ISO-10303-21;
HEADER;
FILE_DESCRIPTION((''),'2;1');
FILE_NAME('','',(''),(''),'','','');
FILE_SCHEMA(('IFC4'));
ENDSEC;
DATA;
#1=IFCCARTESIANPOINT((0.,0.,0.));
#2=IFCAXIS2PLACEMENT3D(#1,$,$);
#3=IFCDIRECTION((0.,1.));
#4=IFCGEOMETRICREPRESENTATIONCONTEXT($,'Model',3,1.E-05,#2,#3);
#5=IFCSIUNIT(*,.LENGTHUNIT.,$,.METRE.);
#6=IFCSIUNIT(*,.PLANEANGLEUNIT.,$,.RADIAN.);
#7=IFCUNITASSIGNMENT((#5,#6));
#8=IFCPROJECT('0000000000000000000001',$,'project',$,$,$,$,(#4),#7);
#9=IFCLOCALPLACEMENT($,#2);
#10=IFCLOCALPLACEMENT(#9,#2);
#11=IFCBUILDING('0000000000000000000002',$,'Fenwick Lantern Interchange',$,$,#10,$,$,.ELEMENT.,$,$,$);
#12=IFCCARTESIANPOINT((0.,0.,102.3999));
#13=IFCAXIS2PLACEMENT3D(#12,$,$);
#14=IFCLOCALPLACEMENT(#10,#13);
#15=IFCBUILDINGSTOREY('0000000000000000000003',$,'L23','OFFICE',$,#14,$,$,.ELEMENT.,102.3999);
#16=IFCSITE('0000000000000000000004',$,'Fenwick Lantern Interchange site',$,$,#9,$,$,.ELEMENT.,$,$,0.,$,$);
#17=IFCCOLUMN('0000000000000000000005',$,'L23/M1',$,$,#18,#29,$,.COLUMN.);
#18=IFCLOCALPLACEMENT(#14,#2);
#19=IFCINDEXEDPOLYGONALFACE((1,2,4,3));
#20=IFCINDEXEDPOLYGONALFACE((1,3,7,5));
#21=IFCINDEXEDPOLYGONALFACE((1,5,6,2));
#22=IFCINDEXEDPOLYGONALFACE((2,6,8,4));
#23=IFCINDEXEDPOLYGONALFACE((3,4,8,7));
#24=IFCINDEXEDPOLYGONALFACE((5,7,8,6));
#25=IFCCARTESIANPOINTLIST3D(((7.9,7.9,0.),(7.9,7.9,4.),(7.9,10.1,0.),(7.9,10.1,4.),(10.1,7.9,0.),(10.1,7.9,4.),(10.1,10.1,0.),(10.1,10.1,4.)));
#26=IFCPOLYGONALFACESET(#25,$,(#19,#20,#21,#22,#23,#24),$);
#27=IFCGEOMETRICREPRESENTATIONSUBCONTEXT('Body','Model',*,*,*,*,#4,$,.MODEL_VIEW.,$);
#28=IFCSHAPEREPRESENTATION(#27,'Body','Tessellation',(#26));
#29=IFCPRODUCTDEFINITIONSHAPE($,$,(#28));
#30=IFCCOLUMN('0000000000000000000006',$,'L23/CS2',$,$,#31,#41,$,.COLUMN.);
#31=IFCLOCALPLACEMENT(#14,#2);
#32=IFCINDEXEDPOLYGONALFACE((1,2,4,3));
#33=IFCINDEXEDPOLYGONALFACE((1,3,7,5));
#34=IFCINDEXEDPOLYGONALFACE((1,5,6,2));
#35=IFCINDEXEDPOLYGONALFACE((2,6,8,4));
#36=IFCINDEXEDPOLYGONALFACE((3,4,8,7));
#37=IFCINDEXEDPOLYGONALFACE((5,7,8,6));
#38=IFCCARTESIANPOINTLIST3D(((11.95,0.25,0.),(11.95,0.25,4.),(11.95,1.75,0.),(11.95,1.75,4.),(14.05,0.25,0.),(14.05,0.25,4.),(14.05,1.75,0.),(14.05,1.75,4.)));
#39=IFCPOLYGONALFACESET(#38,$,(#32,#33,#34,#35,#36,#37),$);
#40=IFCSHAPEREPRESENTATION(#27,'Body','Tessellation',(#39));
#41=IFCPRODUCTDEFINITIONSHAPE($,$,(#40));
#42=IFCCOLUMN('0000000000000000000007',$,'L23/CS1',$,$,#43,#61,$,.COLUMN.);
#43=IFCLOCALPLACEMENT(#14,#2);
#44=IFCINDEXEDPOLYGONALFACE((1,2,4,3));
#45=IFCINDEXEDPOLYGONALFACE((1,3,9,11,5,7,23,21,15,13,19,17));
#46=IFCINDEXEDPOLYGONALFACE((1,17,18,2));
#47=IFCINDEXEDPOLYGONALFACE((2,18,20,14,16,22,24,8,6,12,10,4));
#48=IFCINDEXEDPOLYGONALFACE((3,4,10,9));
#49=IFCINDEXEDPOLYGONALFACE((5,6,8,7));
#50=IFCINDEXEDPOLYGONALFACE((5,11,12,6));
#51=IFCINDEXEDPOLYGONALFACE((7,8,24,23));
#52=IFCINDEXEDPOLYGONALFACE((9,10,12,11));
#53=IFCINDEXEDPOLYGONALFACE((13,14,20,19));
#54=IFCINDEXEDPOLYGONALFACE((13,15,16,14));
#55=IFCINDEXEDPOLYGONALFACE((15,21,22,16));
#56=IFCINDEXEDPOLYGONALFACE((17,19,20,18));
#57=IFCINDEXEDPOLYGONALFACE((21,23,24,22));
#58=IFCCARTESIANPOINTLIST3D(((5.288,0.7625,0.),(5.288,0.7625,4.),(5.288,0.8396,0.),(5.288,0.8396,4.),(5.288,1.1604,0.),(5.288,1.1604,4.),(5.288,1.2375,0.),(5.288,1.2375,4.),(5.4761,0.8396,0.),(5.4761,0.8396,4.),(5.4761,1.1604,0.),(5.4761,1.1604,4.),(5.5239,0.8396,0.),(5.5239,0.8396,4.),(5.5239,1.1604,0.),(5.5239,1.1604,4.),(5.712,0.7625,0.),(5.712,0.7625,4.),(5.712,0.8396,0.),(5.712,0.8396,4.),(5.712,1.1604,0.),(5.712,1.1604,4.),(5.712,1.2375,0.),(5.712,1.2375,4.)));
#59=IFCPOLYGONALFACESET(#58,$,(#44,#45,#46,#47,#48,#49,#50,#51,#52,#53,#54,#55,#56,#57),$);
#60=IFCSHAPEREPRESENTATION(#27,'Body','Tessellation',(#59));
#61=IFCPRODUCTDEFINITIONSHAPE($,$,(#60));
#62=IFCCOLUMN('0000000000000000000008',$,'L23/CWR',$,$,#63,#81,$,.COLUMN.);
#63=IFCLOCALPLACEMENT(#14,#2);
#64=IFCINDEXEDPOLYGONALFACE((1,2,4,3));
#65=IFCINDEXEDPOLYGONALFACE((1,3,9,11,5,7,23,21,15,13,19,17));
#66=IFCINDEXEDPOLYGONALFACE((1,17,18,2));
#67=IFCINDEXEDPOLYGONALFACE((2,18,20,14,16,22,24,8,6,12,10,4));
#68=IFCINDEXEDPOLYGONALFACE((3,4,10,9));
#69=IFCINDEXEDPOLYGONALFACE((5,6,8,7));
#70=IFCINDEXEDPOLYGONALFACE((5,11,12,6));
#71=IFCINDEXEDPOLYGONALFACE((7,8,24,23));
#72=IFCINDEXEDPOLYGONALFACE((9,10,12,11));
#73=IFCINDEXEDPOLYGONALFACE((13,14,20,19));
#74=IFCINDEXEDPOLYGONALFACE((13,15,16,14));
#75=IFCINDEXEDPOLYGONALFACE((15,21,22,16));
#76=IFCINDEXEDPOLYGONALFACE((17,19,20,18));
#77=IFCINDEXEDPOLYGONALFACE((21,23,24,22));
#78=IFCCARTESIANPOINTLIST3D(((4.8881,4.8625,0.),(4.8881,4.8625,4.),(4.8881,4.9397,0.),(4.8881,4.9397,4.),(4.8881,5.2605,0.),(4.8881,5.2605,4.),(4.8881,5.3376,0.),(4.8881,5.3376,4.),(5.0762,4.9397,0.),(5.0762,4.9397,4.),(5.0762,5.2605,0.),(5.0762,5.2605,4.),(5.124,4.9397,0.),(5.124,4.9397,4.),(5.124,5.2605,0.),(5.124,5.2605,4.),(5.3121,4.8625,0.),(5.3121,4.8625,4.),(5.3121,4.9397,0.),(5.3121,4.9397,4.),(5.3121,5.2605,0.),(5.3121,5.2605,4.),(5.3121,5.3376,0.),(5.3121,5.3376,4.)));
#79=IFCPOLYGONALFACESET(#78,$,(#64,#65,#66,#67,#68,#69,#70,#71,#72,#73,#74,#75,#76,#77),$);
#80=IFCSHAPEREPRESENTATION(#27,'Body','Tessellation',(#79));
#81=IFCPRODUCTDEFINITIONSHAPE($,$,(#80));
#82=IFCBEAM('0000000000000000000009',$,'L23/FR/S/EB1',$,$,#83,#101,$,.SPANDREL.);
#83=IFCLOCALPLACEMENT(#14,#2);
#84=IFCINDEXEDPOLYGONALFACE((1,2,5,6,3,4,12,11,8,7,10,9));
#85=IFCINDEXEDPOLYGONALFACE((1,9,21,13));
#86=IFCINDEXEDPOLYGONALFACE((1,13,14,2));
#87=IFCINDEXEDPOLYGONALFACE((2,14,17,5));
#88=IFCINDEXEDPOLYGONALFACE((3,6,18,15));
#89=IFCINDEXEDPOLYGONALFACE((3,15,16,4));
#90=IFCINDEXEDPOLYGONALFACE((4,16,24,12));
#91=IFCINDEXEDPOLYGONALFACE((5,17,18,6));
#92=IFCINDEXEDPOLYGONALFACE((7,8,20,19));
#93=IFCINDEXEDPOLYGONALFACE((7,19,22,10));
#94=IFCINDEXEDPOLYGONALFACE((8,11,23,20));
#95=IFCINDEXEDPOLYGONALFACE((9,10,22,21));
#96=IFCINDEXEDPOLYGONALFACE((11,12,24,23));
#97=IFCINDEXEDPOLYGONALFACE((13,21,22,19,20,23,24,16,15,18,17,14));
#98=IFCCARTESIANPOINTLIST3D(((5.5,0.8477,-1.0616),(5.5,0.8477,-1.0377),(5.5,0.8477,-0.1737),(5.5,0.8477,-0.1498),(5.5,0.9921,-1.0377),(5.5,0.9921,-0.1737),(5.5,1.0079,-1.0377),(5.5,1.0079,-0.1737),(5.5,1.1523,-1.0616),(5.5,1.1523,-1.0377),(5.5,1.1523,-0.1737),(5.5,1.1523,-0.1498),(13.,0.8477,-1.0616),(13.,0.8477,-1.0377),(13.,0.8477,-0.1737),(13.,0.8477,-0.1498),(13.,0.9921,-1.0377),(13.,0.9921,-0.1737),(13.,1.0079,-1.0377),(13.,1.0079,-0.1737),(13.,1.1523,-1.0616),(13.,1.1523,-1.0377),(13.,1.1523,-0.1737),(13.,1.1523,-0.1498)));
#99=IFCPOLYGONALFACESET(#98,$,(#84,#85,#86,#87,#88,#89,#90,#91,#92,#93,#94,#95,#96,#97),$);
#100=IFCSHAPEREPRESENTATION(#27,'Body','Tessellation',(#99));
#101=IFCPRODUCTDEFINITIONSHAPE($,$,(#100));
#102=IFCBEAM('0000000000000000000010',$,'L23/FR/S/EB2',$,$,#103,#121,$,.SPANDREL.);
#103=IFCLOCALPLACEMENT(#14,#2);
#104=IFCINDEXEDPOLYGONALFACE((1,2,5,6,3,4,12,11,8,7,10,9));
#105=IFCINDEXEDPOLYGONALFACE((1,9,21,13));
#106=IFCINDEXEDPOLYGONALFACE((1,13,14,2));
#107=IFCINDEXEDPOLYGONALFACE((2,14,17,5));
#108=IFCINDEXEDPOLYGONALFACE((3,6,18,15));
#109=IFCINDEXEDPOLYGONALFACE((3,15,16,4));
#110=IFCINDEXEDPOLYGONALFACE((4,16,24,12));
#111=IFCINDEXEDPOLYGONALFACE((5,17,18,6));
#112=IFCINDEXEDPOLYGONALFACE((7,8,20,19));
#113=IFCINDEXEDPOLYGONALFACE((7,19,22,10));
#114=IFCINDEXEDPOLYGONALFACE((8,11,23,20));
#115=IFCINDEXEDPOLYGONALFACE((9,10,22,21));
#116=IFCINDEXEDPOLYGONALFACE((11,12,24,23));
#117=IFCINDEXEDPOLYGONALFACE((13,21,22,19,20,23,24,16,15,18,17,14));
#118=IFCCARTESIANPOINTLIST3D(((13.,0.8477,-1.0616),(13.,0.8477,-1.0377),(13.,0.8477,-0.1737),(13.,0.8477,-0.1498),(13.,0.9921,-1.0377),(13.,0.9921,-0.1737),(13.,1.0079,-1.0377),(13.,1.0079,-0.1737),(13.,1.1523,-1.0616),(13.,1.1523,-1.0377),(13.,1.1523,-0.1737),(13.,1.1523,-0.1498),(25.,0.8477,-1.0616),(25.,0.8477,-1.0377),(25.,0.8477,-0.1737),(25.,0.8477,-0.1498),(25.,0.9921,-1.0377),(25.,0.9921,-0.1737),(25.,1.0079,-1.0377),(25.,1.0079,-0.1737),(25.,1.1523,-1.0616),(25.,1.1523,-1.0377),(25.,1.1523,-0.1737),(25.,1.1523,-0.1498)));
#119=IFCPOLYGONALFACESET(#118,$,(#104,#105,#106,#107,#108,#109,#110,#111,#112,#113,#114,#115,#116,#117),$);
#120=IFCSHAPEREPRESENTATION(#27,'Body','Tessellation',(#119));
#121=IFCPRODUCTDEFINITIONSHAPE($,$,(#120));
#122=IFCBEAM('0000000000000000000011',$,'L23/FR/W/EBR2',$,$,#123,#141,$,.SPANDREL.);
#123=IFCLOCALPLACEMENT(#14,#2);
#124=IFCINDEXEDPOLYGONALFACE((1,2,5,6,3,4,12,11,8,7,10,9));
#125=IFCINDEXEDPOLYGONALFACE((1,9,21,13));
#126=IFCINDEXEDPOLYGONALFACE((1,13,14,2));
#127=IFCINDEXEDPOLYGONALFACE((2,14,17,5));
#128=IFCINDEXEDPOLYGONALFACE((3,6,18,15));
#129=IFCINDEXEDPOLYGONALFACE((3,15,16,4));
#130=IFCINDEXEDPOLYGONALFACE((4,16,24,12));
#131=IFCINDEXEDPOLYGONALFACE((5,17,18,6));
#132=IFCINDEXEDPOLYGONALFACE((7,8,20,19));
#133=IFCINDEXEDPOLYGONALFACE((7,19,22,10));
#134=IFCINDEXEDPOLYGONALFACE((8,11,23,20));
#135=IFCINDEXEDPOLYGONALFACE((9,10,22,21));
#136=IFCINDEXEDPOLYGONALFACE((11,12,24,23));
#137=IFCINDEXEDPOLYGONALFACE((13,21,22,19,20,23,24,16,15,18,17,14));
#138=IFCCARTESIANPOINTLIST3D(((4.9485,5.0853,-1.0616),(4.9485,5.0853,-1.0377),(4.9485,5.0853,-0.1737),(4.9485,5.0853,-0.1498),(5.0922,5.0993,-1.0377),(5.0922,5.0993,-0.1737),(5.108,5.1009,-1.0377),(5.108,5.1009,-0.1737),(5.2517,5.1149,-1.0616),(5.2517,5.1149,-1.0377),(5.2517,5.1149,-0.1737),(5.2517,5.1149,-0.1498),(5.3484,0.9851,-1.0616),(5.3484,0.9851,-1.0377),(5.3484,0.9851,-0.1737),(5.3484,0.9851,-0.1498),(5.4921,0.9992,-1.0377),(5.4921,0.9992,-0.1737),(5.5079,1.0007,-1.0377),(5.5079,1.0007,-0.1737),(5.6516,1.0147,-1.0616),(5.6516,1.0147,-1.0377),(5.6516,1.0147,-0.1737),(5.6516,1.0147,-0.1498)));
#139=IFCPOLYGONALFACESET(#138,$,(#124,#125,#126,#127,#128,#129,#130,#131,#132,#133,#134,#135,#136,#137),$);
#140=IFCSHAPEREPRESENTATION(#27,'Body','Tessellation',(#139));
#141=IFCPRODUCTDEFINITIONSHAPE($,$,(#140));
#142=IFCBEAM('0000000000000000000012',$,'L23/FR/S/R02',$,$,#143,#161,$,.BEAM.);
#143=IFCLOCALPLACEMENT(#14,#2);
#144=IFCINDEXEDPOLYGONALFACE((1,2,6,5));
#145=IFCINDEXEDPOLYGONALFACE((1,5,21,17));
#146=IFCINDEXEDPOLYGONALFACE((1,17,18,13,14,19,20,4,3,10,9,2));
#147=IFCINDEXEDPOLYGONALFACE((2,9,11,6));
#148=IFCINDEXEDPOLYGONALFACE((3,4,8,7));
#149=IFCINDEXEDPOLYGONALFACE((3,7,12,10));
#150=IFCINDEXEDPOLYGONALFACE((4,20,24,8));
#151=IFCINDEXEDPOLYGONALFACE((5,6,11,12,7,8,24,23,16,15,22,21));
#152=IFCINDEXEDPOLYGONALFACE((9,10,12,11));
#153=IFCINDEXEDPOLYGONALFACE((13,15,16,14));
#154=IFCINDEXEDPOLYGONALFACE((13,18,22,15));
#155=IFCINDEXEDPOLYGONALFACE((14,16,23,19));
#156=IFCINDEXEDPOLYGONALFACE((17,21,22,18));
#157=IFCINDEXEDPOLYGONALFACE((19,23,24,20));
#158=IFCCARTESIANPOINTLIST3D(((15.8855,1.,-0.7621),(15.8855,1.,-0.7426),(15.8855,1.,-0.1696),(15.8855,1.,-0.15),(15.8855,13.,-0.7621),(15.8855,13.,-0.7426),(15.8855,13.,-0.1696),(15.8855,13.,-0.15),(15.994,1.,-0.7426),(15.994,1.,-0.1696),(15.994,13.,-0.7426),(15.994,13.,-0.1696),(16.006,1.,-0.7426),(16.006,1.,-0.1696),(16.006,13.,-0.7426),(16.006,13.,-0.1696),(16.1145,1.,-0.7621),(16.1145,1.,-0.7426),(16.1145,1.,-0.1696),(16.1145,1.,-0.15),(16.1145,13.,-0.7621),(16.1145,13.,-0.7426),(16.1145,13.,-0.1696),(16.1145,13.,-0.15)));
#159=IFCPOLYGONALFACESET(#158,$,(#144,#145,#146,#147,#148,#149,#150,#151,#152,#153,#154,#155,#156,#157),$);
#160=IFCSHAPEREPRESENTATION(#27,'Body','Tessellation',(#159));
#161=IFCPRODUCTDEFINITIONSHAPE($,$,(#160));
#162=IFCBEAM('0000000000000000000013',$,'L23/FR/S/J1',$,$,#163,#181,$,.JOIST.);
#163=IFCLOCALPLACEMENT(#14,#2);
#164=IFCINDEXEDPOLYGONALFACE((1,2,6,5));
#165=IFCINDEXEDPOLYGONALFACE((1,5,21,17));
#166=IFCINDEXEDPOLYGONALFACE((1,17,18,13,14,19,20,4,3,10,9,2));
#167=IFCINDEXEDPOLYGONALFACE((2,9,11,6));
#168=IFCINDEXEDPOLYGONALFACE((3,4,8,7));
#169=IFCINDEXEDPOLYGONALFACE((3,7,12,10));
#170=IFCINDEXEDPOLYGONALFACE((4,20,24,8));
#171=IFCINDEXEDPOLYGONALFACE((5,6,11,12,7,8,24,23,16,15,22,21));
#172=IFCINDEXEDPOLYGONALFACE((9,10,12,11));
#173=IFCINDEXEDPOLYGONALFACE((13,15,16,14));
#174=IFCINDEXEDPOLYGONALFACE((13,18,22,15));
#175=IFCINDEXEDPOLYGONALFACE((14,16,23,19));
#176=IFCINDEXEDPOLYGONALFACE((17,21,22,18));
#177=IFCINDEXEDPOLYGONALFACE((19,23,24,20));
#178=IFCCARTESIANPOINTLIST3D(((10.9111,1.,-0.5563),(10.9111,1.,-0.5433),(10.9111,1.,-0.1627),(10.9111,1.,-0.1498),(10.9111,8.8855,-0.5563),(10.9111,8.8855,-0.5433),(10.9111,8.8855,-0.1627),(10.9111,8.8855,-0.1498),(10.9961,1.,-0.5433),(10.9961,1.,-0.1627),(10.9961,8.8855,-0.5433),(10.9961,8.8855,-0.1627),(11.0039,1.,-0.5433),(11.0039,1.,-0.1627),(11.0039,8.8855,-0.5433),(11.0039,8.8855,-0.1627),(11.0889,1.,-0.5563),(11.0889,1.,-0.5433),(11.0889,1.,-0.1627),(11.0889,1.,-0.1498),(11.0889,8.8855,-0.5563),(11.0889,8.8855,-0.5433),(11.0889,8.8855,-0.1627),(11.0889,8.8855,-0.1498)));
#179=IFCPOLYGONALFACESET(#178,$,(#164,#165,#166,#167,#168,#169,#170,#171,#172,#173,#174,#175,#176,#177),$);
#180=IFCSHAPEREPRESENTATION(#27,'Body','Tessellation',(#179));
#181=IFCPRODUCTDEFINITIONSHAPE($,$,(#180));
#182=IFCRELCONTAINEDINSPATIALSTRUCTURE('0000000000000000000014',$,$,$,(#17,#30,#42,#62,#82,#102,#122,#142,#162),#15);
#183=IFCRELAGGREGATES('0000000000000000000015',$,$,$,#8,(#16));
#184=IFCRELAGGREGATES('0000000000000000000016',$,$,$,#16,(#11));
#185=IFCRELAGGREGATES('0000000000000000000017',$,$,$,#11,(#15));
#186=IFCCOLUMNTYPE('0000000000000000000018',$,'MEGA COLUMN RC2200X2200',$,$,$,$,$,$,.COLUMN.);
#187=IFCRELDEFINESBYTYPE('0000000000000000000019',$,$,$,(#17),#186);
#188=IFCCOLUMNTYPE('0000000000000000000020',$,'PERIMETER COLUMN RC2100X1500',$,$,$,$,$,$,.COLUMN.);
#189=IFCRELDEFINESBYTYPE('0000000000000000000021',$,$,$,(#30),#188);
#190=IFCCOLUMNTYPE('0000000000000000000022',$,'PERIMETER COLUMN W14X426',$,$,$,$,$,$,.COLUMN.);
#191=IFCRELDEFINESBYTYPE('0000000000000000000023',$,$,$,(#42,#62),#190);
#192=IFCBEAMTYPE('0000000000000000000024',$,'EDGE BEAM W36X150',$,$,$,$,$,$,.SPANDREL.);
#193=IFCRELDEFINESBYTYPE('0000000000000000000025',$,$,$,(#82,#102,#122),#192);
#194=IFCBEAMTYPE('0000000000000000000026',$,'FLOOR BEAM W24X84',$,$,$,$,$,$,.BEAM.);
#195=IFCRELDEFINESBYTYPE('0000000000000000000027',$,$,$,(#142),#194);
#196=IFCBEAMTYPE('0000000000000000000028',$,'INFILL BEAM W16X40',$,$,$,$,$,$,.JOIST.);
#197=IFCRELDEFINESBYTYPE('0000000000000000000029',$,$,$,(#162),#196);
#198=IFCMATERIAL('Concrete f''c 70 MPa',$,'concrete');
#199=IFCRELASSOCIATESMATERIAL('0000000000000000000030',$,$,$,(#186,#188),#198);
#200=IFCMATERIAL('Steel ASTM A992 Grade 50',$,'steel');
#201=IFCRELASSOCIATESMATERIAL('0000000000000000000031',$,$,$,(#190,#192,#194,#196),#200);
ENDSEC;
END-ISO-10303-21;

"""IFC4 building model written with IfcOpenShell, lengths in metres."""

from ifc_helpers import new_model, si_unit, direction, frame, origin, origin_2d, place, context, subcontext, project, spatial, rectangle, i_section, extrude, material, material_profile, profile_set, type_object, element, save


model = new_model("IFC4")

# Units and contexts
model_context = context("Model", 3, precision=1e-05, world=origin(), true_north=direction((0.0, 1.0)))
body_context = subcontext(model_context, "Body", "Model", "MODEL_VIEW")
ifc_project = project(units=[si_unit("LENGTHUNIT", "METRE"), si_unit("PLANEANGLEUNIT", "RADIAN")], contexts=[model_context])

# Site, building, storey
site_placement = place(None, origin())
site = spatial("IfcSite", under=ifc_project, at=site_placement, Name="Fenwick Lantern Interchange site", CompositionType="ELEMENT", RefElevation=0.0)
building_placement = place(site_placement, origin())
building = spatial("IfcBuilding", under=site, at=building_placement, Name="Fenwick Lantern Interchange", CompositionType="ELEMENT")
storey_placement = place(building_placement, frame((0.0, 0.0, 102.3999)))
storey = spatial("IfcBuildingStorey", under=building, at=storey_placement, Name="L23", Description="OFFICE", CompositionType="ELEMENT", Elevation=102.3999)

# Columns
ifc_material_1 = material(Name="Concrete f'c 70 MPa", Category="concrete")
ifc_material_profile_1 = material_profile(ifc_material_1, rectangle(XDim=2.2, YDim=2.2, at=origin_2d()), Name="RC2200X2200")
ifc_profile_set_1 = profile_set([ifc_material_profile_1], Name="Concrete f'c 70 MPa")
column_type_1 = type_object("IfcColumnType", Name="MEGA COLUMN RC2200X2200", PredefinedType="COLUMN", material=ifc_profile_set_1)
column_1_placement = place(storey_placement, frame((9.0, 9.0, 0.0), z_axis=(0.0, 0.0, 1.0), x_axis=(1.0, 0.0, 0.0)))
element("IfcColumn", 1, at=column_1_placement, inside=storey, type_object=column_type_1, Name="L23/M1", PredefinedType="COLUMN", context=body_context, shape_type="SweptSolid", body=[
    extrude(rectangle(XDim=2.2, YDim=2.2, at=origin_2d()), origin(), (0.0, 0.0, 1.0), 4.0),
])
ifc_material_profile_2 = material_profile(ifc_material_1, rectangle(XDim=2.1001, YDim=1.5, at=origin_2d()), Name="RC2100X1500")
ifc_profile_set_2 = profile_set([ifc_material_profile_2], Name="Concrete f'c 70 MPa")
column_type_2 = type_object("IfcColumnType", Name="PERIMETER COLUMN RC2100X1500", PredefinedType="COLUMN", material=ifc_profile_set_2)
column_2_placement = place(storey_placement, frame((13.0, 1.0, 0.0), z_axis=(0.0, 0.0, 1.0), x_axis=(1.0, 0.0, 0.0)))
element("IfcColumn", 2, at=column_2_placement, inside=storey, type_object=column_type_2, Name="L23/CS2", PredefinedType="COLUMN", context=body_context, shape_type="SweptSolid", body=[
    extrude(rectangle(XDim=2.1001, YDim=1.5, at=origin_2d()), origin(), (0.0, 0.0, 1.0), 4.0),
])
ifc_material_2 = material(Name="Steel ASTM A992 Grade 50", Category="steel")
ifc_material_profile_3 = material_profile(ifc_material_2, i_section(OverallWidth=0.4241, OverallDepth=0.4751, WebThickness=0.0479, FlangeThickness=0.0771, at=origin_2d()), Name="W14X426")
ifc_profile_set_3 = profile_set([ifc_material_profile_3], Name="Steel ASTM A992 Grade 50")
column_type_3 = type_object("IfcColumnType", Name="PERIMETER COLUMN W14X426", PredefinedType="COLUMN", material=ifc_profile_set_3)
for number, where, z_axis, x_axis, name in (
    (3, (5.5, 1.0, 0.0), (0.0, 0.0, 1.0), (1.0, 0.0, 0.0), "L23/CS1"),
    (4, (5.1001, 5.1001, 0.0), (0.0, 0.0, 1.0), (1.0, 0.0, 0.0), "L23/CWR"),
):
    element("IfcColumn", number, at=place(storey_placement, frame(where, z_axis=z_axis, x_axis=x_axis)), inside=storey, type_object=column_type_3, Name=name, PredefinedType="COLUMN", context=body_context, shape_type="SweptSolid", body=[
        extrude(i_section(OverallWidth=0.4241, OverallDepth=0.4751, WebThickness=0.0479, FlangeThickness=0.0771, at=origin_2d()), origin(), (0.0, 0.0, 1.0), 4.0),
    ])

# Beams
ifc_material_profile_4 = material_profile(ifc_material_2, i_section(OverallWidth=0.3047, OverallDepth=0.9119, WebThickness=0.0159, FlangeThickness=0.0239, at=origin_2d()), Name="W36X150")
ifc_profile_set_4 = profile_set([ifc_material_profile_4], Name="Steel ASTM A992 Grade 50")
beam_type_1 = type_object("IfcBeamType", Name="EDGE BEAM W36X150", PredefinedType="SPANDREL", material=ifc_profile_set_4)
beam_1_placement = place(storey_placement, frame((5.5, 1.0, -0.6057), z_axis=(1.0, 0.0, 0.0), x_axis=(0.0, 1.0, 0.0)))
element("IfcBeam", 5, at=beam_1_placement, inside=storey, type_object=beam_type_1, Name="L23/FR/S/EB1", PredefinedType="SPANDREL", context=body_context, shape_type="SweptSolid", body=[
    extrude(i_section(OverallWidth=0.3047, OverallDepth=0.9119, WebThickness=0.0159, FlangeThickness=0.0239, at=origin_2d()), origin(), (0.0, 0.0, 1.0), 7.5),
])
beam_2_placement = place(storey_placement, frame((13.0, 1.0, -0.6057), z_axis=(1.0, 0.0, 0.0), x_axis=(0.0, 1.0, 0.0)))
element("IfcBeam", 6, at=beam_2_placement, inside=storey, type_object=beam_type_1, Name="L23/FR/S/EB2", PredefinedType="SPANDREL", context=body_context, shape_type="SweptSolid", body=[
    extrude(i_section(OverallWidth=0.3047, OverallDepth=0.9119, WebThickness=0.0159, FlangeThickness=0.0239, at=origin_2d()), origin(), (0.0, 0.0, 1.0), 12.0),
])
beam_3_placement = place(storey_placement, frame((5.1001, 5.1001, -0.6057), z_axis=(0.097074, -0.995277, 0.0), x_axis=(0.995277, 0.097074, 0.0)))
element("IfcBeam", 7, at=beam_3_placement, inside=storey, type_object=beam_type_1, Name="L23/FR/W/EBR2", PredefinedType="SPANDREL", context=body_context, shape_type="SweptSolid", body=[
    extrude(i_section(OverallWidth=0.3047, OverallDepth=0.9119, WebThickness=0.0159, FlangeThickness=0.0239, at=origin_2d()), origin(), (0.0, 0.0, 1.0), 4.1196),
])
ifc_material_profile_5 = material_profile(ifc_material_2, i_section(OverallWidth=0.229, OverallDepth=0.6121, WebThickness=0.012, FlangeThickness=0.0195, at=origin_2d()), Name="W24X84")
ifc_profile_set_5 = profile_set([ifc_material_profile_5], Name="Steel ASTM A992 Grade 50")
beam_type_2 = type_object("IfcBeamType", Name="FLOOR BEAM W24X84", PredefinedType="BEAM", material=ifc_profile_set_5)
beam_4_placement = place(storey_placement, frame((16.0, 1.0, -0.4561), z_axis=(0.0, 1.0, 0.0), x_axis=(-1.0, 0.0, 0.0)))
element("IfcBeam", 8, at=beam_4_placement, inside=storey, type_object=beam_type_2, Name="L23/FR/S/R02", PredefinedType="BEAM", context=body_context, shape_type="SweptSolid", body=[
    extrude(i_section(OverallWidth=0.229, OverallDepth=0.6121, WebThickness=0.012, FlangeThickness=0.0195, at=origin_2d()), origin(), (0.0, 0.0, 1.0), 12.0),
])
ifc_material_profile_6 = material_profile(ifc_material_2, i_section(OverallWidth=0.1777, OverallDepth=0.4065, WebThickness=0.0078, FlangeThickness=0.0129, at=origin_2d()), Name="W16X40")
ifc_profile_set_6 = profile_set([ifc_material_profile_6], Name="Steel ASTM A992 Grade 50")
beam_type_3 = type_object("IfcBeamType", Name="INFILL BEAM W16X40", PredefinedType="JOIST", material=ifc_profile_set_6)
beam_5_placement = place(storey_placement, frame((11.0, 1.0, -0.353), z_axis=(0.0, 1.0, 0.0), x_axis=(-1.0, 0.0, 0.0)))
element("IfcBeam", 9, at=beam_5_placement, inside=storey, type_object=beam_type_3, Name="L23/FR/S/J1", PredefinedType="JOIST", context=body_context, shape_type="SweptSolid", body=[
    extrude(i_section(OverallWidth=0.1777, OverallDepth=0.4065, WebThickness=0.0078, FlangeThickness=0.0129, at=origin_2d()), origin(), (0.0, 0.0, 1.0), 7.8855),
])

save(model, "model.ifc")
